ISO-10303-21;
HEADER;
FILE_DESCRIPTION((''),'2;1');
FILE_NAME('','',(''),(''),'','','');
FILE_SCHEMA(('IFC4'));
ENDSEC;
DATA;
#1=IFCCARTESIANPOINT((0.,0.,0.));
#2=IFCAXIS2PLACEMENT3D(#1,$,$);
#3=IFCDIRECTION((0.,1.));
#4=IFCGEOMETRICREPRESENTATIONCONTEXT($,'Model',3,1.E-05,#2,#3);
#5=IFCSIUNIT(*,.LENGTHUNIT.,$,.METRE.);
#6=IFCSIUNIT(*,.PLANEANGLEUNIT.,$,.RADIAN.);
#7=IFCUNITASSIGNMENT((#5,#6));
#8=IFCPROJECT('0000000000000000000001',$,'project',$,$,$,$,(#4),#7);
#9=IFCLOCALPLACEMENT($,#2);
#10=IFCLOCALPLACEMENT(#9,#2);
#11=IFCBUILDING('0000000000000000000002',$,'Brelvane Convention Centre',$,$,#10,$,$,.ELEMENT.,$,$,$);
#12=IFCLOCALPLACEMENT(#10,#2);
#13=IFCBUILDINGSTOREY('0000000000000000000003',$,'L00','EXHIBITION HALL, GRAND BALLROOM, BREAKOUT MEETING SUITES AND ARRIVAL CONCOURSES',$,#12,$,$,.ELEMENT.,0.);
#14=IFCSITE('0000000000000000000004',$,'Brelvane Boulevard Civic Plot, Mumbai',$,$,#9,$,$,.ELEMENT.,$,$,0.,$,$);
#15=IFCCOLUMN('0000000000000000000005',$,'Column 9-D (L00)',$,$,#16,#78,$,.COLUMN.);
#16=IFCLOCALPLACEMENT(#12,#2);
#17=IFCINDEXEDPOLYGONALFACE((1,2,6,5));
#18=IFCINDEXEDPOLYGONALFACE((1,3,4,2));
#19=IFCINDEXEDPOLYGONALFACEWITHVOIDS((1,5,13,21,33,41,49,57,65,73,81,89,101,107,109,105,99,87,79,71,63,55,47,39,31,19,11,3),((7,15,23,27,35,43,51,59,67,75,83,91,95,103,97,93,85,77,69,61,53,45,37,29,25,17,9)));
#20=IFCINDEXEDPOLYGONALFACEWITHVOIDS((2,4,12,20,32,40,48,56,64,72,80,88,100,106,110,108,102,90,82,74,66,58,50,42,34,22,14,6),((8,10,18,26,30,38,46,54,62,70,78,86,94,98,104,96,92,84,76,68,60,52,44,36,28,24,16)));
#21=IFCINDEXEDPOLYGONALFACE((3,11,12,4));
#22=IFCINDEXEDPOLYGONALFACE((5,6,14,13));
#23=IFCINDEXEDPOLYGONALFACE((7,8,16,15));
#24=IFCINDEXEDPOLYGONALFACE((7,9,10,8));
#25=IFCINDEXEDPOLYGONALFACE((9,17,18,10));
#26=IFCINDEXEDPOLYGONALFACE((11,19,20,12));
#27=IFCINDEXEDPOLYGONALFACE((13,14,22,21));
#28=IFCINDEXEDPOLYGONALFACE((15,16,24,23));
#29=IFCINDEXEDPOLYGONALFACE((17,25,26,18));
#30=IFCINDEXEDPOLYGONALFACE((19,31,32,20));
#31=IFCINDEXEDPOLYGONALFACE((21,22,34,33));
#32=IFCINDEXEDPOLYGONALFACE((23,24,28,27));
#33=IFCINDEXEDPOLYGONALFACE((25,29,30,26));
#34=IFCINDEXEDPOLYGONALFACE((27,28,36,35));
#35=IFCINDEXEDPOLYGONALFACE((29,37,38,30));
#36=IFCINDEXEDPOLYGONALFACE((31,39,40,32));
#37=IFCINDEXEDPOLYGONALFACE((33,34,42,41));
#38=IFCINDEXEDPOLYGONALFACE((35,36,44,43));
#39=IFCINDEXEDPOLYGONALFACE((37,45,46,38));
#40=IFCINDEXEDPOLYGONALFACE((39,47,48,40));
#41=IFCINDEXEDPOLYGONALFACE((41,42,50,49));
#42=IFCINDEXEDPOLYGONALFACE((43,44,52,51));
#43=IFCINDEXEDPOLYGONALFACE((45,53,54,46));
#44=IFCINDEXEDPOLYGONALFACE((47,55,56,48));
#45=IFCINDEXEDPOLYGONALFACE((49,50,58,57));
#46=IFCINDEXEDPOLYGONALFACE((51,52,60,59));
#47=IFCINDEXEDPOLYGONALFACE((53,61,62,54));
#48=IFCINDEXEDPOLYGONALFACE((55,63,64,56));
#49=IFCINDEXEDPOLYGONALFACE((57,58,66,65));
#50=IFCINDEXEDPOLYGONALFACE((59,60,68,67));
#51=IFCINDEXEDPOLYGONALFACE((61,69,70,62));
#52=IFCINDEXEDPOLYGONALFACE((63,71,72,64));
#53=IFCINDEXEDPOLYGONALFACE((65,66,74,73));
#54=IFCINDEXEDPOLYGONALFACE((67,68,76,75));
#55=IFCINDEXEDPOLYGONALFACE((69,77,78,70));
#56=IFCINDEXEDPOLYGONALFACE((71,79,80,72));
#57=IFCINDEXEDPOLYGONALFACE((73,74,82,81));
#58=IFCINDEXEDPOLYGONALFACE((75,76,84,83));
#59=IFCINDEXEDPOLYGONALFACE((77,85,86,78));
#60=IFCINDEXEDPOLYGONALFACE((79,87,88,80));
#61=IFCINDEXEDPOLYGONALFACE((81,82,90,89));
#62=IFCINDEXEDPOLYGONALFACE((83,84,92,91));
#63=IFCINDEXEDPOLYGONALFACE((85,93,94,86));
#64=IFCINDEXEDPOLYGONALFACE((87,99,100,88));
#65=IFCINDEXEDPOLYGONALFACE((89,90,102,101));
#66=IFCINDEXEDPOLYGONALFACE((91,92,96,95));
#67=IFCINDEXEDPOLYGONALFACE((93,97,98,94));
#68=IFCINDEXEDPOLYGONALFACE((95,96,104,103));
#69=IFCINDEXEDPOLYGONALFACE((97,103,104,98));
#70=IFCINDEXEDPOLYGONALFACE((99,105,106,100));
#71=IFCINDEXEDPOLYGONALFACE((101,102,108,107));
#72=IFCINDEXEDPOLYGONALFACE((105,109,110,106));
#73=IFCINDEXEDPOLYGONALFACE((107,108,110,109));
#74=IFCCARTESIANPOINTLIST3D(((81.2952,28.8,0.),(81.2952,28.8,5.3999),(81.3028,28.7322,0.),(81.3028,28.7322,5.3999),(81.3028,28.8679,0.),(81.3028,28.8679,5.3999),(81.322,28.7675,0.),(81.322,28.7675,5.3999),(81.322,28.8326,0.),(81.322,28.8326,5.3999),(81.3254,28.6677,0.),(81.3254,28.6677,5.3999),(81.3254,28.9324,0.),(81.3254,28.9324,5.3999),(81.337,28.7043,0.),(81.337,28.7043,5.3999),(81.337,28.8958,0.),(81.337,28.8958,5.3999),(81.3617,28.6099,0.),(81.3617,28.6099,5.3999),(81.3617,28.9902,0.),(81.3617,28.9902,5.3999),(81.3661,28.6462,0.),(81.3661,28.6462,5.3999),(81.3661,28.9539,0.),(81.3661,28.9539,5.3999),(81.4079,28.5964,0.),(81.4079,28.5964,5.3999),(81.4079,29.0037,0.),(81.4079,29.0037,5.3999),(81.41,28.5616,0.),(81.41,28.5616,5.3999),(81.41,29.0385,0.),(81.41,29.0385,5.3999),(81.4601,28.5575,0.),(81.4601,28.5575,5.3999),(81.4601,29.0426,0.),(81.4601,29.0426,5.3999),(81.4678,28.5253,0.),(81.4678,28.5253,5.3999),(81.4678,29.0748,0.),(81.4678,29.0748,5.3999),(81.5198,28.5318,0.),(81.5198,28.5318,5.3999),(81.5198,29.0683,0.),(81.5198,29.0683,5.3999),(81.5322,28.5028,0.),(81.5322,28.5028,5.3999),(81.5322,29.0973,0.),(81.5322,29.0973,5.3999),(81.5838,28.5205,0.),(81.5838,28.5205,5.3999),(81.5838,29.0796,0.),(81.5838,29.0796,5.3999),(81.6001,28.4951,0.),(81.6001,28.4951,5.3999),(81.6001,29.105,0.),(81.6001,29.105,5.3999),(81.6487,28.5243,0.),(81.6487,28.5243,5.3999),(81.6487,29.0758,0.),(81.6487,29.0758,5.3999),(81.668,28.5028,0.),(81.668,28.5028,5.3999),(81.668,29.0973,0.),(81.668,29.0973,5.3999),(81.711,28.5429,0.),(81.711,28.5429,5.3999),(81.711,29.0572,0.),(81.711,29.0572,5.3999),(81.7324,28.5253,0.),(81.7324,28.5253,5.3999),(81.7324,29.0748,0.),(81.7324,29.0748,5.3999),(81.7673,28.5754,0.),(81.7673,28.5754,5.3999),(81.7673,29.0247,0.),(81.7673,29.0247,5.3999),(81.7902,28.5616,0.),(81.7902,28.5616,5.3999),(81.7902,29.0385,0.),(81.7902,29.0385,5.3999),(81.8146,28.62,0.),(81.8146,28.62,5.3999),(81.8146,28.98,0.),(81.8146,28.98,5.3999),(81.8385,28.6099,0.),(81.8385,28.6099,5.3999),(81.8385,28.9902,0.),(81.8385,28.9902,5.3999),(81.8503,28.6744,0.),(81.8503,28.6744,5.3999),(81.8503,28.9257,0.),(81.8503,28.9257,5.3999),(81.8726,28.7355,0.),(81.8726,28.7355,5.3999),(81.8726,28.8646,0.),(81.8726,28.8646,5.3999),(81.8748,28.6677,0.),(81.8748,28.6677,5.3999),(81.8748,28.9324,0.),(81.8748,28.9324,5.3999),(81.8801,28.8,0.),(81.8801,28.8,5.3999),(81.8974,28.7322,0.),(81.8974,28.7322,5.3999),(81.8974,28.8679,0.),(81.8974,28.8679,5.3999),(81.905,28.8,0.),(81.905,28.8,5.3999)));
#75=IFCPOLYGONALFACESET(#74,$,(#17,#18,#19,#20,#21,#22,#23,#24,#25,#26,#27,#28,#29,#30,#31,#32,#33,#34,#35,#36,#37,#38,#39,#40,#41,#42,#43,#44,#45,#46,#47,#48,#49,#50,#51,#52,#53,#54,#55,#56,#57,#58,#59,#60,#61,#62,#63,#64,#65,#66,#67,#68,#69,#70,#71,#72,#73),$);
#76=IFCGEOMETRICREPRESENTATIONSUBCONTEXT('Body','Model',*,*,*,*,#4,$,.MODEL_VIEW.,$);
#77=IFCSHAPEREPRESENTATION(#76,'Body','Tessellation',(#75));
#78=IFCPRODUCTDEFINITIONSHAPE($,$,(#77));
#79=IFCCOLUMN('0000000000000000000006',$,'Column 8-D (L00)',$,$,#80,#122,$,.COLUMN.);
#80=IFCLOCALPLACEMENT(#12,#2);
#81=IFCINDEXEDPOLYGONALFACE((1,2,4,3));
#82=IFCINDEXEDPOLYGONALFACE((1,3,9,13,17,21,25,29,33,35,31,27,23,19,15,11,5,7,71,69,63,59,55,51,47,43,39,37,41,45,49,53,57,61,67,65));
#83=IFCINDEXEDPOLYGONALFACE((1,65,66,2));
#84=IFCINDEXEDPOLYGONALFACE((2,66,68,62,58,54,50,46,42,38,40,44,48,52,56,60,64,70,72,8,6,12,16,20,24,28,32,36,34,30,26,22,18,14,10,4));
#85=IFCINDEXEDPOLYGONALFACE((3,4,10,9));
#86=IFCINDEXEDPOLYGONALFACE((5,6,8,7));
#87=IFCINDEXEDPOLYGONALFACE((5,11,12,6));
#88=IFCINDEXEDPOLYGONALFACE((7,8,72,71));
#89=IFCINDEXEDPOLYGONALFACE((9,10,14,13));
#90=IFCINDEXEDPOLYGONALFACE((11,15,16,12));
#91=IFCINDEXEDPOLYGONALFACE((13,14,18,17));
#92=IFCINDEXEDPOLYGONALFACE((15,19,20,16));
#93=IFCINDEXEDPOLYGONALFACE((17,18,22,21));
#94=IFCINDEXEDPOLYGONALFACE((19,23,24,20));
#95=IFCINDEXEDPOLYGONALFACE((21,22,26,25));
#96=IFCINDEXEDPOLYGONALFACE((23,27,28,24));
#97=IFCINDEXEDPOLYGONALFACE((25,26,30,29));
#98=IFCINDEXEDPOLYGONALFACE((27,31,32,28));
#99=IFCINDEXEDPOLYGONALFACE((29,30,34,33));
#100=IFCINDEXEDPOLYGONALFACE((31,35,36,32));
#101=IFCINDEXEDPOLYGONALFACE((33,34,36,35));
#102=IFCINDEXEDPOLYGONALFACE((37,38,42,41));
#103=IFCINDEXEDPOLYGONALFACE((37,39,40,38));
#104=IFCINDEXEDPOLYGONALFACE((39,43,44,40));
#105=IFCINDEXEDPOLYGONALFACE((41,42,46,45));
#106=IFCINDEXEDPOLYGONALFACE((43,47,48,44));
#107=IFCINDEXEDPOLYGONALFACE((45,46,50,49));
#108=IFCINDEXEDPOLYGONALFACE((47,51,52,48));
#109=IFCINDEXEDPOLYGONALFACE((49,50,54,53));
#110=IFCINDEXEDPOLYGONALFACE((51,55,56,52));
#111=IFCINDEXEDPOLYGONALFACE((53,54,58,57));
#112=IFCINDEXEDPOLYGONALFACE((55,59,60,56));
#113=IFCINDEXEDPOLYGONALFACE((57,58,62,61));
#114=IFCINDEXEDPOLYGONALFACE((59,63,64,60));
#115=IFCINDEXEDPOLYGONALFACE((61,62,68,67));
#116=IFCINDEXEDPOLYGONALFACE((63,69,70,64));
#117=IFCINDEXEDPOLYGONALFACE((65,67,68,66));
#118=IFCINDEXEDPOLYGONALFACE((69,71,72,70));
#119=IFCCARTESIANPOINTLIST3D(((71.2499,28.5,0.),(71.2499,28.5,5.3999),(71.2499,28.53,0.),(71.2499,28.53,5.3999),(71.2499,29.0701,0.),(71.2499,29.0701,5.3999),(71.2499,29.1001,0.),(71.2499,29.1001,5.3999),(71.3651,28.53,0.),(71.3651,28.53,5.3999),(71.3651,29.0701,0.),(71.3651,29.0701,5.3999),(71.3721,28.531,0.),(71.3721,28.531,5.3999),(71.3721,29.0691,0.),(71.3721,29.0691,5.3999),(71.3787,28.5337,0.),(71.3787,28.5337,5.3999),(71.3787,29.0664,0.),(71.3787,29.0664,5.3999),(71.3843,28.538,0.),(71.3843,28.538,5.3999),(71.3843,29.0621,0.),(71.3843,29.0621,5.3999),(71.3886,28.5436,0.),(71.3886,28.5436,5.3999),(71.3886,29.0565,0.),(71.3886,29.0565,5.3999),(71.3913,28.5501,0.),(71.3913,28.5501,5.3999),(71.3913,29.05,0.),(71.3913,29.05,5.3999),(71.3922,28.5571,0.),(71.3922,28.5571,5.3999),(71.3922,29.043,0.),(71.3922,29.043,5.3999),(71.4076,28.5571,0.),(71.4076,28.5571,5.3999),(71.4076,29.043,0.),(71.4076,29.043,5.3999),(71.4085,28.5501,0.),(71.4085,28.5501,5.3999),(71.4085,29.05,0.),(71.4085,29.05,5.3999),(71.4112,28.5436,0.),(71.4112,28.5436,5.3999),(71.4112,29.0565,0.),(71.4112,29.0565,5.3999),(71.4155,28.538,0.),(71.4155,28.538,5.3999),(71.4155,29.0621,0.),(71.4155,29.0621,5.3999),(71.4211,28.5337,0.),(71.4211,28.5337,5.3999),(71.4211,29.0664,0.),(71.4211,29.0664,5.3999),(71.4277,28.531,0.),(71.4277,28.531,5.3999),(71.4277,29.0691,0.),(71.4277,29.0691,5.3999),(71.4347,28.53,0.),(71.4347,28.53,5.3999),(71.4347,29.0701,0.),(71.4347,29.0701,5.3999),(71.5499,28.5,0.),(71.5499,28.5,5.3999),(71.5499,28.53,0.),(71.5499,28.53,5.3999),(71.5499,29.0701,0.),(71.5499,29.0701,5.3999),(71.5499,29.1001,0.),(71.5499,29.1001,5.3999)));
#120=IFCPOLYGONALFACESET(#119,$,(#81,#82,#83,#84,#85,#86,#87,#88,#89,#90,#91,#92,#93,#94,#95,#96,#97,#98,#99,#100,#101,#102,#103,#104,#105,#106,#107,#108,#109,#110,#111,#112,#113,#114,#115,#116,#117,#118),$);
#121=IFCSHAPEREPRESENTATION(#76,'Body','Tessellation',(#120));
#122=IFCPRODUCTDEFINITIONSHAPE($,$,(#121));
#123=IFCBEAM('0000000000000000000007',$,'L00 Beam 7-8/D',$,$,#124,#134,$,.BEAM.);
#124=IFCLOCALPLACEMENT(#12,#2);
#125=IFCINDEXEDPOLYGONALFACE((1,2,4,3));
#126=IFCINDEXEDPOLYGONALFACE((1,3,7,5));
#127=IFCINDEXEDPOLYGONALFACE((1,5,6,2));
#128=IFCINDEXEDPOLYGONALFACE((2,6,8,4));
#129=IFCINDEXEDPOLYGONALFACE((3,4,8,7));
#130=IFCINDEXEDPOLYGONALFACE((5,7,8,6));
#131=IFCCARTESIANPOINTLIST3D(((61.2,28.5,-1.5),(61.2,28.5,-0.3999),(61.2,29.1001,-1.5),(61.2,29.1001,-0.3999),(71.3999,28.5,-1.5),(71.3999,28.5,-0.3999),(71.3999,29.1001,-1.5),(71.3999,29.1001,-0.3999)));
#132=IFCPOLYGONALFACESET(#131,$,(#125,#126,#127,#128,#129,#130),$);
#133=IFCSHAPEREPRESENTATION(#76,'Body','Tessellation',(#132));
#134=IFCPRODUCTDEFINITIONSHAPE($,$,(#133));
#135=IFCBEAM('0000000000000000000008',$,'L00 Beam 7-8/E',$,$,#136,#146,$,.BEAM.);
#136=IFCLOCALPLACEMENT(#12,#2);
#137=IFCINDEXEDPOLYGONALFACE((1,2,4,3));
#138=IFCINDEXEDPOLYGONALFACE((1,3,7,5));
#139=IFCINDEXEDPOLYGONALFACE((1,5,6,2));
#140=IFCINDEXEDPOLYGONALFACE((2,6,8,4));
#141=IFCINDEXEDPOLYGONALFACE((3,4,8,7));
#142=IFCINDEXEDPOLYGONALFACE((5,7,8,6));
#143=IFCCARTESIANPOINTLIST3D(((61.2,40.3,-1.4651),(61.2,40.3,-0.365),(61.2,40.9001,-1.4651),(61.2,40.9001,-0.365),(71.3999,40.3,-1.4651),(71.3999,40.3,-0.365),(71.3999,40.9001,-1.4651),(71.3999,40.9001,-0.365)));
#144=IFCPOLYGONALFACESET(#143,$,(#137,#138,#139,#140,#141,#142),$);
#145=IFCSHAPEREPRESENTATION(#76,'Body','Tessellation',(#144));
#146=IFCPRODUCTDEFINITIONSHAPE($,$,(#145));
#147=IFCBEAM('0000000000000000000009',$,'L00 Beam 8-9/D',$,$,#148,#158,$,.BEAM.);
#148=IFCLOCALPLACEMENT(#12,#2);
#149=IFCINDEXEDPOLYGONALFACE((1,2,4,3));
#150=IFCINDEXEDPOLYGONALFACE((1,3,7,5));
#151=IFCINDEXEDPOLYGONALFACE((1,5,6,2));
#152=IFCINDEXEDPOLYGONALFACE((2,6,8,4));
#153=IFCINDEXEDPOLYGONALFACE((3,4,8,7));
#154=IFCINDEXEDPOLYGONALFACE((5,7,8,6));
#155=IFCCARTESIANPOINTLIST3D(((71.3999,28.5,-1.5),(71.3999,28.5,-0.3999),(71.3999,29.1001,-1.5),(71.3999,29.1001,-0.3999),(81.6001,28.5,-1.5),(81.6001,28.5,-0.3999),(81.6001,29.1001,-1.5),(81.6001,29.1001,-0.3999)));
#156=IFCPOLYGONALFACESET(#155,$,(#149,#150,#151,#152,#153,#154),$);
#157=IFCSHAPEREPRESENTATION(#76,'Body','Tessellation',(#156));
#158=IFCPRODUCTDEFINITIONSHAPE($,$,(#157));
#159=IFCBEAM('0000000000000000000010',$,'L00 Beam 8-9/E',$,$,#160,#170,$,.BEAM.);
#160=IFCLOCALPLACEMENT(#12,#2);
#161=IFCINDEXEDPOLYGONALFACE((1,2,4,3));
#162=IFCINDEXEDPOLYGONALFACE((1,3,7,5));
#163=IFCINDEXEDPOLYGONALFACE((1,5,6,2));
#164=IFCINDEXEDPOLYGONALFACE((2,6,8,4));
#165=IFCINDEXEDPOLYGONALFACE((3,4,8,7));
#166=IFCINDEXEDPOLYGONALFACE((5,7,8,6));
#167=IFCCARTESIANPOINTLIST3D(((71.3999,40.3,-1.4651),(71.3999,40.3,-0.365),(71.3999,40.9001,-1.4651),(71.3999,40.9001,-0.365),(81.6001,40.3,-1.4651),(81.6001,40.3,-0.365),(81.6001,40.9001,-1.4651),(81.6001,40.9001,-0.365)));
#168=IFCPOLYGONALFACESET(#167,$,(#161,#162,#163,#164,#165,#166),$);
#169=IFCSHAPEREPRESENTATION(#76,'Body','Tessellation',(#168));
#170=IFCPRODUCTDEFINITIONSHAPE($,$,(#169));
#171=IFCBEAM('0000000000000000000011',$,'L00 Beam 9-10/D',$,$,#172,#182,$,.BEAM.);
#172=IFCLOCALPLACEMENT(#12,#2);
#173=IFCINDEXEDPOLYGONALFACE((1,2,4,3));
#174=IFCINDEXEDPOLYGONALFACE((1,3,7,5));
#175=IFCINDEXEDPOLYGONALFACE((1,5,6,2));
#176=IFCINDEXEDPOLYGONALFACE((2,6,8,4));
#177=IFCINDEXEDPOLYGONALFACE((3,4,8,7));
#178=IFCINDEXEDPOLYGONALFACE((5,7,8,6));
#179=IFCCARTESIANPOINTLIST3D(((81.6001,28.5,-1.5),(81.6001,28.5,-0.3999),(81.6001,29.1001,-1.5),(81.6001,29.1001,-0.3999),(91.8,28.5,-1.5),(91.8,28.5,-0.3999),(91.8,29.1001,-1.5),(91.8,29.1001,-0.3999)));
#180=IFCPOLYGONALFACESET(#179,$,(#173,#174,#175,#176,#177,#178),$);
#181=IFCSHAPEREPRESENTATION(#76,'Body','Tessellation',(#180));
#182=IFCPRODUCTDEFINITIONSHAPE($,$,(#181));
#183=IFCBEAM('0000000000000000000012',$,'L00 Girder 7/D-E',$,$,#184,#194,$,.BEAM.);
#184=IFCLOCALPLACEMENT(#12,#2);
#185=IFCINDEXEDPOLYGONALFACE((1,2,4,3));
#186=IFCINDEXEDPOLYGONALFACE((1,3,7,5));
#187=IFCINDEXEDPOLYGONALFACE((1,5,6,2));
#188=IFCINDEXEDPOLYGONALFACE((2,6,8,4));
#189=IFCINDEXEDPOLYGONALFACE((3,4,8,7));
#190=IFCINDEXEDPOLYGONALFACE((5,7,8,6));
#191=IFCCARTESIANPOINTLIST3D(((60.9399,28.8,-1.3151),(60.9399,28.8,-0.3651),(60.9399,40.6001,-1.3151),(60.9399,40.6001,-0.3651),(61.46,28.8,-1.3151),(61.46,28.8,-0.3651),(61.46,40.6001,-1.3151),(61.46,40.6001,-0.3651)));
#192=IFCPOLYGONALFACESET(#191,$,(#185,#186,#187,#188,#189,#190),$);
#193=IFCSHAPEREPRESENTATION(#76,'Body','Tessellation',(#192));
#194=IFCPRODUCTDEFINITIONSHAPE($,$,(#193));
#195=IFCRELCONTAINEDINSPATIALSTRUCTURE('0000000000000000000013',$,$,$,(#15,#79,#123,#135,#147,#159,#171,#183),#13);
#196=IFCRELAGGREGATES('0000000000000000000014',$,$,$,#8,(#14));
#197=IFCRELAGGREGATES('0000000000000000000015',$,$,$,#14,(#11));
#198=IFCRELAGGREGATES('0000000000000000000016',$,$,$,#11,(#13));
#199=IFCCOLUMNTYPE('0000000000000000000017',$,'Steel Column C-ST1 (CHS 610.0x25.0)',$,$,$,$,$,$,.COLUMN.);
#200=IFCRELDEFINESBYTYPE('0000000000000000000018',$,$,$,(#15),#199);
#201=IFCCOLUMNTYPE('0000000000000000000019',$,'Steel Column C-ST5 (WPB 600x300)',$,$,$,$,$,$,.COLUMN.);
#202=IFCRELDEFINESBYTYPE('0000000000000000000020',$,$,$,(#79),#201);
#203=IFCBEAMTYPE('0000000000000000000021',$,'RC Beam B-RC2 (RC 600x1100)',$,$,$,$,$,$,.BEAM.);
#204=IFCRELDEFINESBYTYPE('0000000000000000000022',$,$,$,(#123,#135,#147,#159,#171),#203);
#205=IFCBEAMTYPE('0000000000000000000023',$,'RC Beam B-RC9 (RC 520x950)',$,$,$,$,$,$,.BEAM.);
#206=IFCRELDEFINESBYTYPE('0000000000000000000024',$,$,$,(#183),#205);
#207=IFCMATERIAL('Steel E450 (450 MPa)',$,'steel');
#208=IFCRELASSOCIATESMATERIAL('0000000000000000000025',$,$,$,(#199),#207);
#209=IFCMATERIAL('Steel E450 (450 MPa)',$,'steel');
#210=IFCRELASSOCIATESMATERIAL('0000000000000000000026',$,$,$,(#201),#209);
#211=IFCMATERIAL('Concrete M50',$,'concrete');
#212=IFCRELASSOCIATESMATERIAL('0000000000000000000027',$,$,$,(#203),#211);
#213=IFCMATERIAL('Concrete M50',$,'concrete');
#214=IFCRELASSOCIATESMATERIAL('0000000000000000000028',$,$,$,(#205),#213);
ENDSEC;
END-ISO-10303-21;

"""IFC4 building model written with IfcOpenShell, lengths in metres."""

from ifc_helpers import new_model, si_unit, direction, frame, origin, origin_2d, place, context, subcontext, project, spatial, rectangle, hollow_circle, i_section, extrude, material, material_profile, profile_set, type_object, element, save


model = new_model("IFC4")

# Units and contexts
model_context = context("Model", 3, precision=1e-05, world=origin(), true_north=direction((0.0, 1.0)))
body_context = subcontext(model_context, "Body", "Model", "MODEL_VIEW")
ifc_project = project(units=[si_unit("LENGTHUNIT", "METRE"), si_unit("PLANEANGLEUNIT", "RADIAN")], contexts=[model_context])

# Site, building, storey
site_placement = place(None, origin())
site = spatial("IfcSite", under=ifc_project, at=site_placement, Name="Brelvane Boulevard Civic Plot, Mumbai", CompositionType="ELEMENT", RefElevation=0.0)
building_placement = place(site_placement, origin())
building = spatial("IfcBuilding", under=site, at=building_placement, Name="Brelvane Convention Centre", CompositionType="ELEMENT")
storey_placement = place(building_placement, origin())
storey = spatial("IfcBuildingStorey", under=building, at=storey_placement, Name="L00", Description="EXHIBITION HALL, GRAND BALLROOM, BREAKOUT MEETING SUITES AND ARRIVAL CONCOURSES", CompositionType="ELEMENT", Elevation=0.0)

# Columns
ifc_material_1 = material(Name="Steel E450 (450 MPa)", Category="steel")
ifc_material_profile_1 = material_profile(ifc_material_1, hollow_circle(Radius=0.3049, WallThickness=0.0249, at=origin_2d()), Name="CHS 610.0x25.0")
ifc_profile_set_1 = profile_set([ifc_material_profile_1], Name="Steel E450 (450 MPa)")
column_type_1 = type_object("IfcColumnType", Name="Steel Column C-ST1 (CHS 610.0x25.0)", PredefinedType="COLUMN", material=ifc_profile_set_1)
column_1_placement = place(storey_placement, frame((81.6001, 28.8, 0.0), z_axis=(0.0, 0.0, 1.0), x_axis=(1.0, 0.0, 0.0)))
element("IfcColumn", 1, at=column_1_placement, inside=storey, type_object=column_type_1, Name="Column 9-D (L00)", PredefinedType="COLUMN", context=body_context, shape_type="SweptSolid", body=[
    extrude(hollow_circle(Radius=0.3049, WallThickness=0.0249, at=origin_2d()), origin(), (0.0, 0.0, 1.0), 5.3999),
])
ifc_material_2 = material(Name="Steel E450 (450 MPa)", Category="steel")
ifc_material_profile_2 = material_profile(ifc_material_2, i_section(OverallWidth=0.3, OverallDepth=0.6001, WebThickness=0.0154, FlangeThickness=0.03, FilletRadius=0.0271, at=origin_2d()), Name="WPB 600x300")
ifc_profile_set_2 = profile_set([ifc_material_profile_2], Name="Steel E450 (450 MPa)")
column_type_2 = type_object("IfcColumnType", Name="Steel Column C-ST5 (WPB 600x300)", PredefinedType="COLUMN", material=ifc_profile_set_2)
column_2_placement = place(storey_placement, frame((71.3999, 28.8, 0.0), z_axis=(0.0, 0.0, 1.0), x_axis=(1.0, 0.0, 0.0)))
element("IfcColumn", 2, at=column_2_placement, inside=storey, type_object=column_type_2, Name="Column 8-D (L00)", PredefinedType="COLUMN", context=body_context, shape_type="SweptSolid", body=[
    extrude(i_section(OverallWidth=0.3, OverallDepth=0.6001, WebThickness=0.0154, FlangeThickness=0.03, FilletRadius=0.0271, at=origin_2d()), origin(), (0.0, 0.0, 1.0), 5.3999),
])

# Beams
ifc_material_3 = material(Name="Concrete M50", Category="concrete")
ifc_material_profile_3 = material_profile(ifc_material_3, rectangle(XDim=0.6001, YDim=1.1001, at=origin_2d()), Name="RC 600x1100")
ifc_profile_set_3 = profile_set([ifc_material_profile_3], Name="Concrete M50")
beam_type_1 = type_object("IfcBeamType", Name="RC Beam B-RC2 (RC 600x1100)", PredefinedType="BEAM", material=ifc_profile_set_3)
for number, where, z_axis, x_axis, name in (
    (3, (61.2, 28.8, -0.95), (1.0, 0.0, 0.0), (0.0, 1.0, 0.0), "L00 Beam 7-8/D"),
    (4, (61.2, 40.6001, -0.915), (1.0, 0.0, 0.0), (0.0, 1.0, 0.0), "L00 Beam 7-8/E"),
):
    element("IfcBeam", number, at=place(storey_placement, frame(where, z_axis=z_axis, x_axis=x_axis)), inside=storey, type_object=beam_type_1, Name=name, PredefinedType="BEAM", context=body_context, shape_type="SweptSolid", body=[
        extrude(rectangle(XDim=0.6001, YDim=1.1001, at=origin_2d()), origin(), (0.0, 0.0, 1.0), 10.2),
    ])
for number, where, z_axis, x_axis, name in (
    (5, (71.3999, 28.8, -0.95), (1.0, 0.0, 0.0), (0.0, 1.0, 0.0), "L00 Beam 8-9/D"),
    (6, (71.3999, 40.6001, -0.915), (1.0, 0.0, 0.0), (0.0, 1.0, 0.0), "L00 Beam 8-9/E"),
):
    element("IfcBeam", number, at=place(storey_placement, frame(where, z_axis=z_axis, x_axis=x_axis)), inside=storey, type_object=beam_type_1, Name=name, PredefinedType="BEAM", context=body_context, shape_type="SweptSolid", body=[
        extrude(rectangle(XDim=0.6001, YDim=1.1001, at=origin_2d()), origin(), (0.0, 0.0, 1.0), 10.2002),
    ])
beam_1_placement = place(storey_placement, frame((81.6001, 28.8, -0.95), z_axis=(1.0, 0.0, 0.0), x_axis=(0.0, 1.0, 0.0)))
element("IfcBeam", 7, at=beam_1_placement, inside=storey, type_object=beam_type_1, Name="L00 Beam 9-10/D", PredefinedType="BEAM", context=body_context, shape_type="SweptSolid", body=[
    extrude(rectangle(XDim=0.6001, YDim=1.1001, at=origin_2d()), origin(), (0.0, 0.0, 1.0), 10.2),
])
ifc_material_4 = material(Name="Concrete M50", Category="concrete")
ifc_material_profile_4 = material_profile(ifc_material_4, rectangle(XDim=0.52, YDim=0.95, at=origin_2d()), Name="RC 520x950")
ifc_profile_set_4 = profile_set([ifc_material_profile_4], Name="Concrete M50")
beam_type_2 = type_object("IfcBeamType", Name="RC Beam B-RC9 (RC 520x950)", PredefinedType="BEAM", material=ifc_profile_set_4)
beam_2_placement = place(storey_placement, frame((61.2, 28.8, -0.8401), z_axis=(0.0, 1.0, 0.0), x_axis=(-1.0, 0.0, 0.0)))
element("IfcBeam", 8, at=beam_2_placement, inside=storey, type_object=beam_type_2, Name="L00 Girder 7/D-E", PredefinedType="BEAM", context=body_context, shape_type="SweptSolid", body=[
    extrude(rectangle(XDim=0.52, YDim=0.95, at=origin_2d()), origin(), (0.0, 0.0, 1.0), 11.8),
])

save(model, "model.ifc")
